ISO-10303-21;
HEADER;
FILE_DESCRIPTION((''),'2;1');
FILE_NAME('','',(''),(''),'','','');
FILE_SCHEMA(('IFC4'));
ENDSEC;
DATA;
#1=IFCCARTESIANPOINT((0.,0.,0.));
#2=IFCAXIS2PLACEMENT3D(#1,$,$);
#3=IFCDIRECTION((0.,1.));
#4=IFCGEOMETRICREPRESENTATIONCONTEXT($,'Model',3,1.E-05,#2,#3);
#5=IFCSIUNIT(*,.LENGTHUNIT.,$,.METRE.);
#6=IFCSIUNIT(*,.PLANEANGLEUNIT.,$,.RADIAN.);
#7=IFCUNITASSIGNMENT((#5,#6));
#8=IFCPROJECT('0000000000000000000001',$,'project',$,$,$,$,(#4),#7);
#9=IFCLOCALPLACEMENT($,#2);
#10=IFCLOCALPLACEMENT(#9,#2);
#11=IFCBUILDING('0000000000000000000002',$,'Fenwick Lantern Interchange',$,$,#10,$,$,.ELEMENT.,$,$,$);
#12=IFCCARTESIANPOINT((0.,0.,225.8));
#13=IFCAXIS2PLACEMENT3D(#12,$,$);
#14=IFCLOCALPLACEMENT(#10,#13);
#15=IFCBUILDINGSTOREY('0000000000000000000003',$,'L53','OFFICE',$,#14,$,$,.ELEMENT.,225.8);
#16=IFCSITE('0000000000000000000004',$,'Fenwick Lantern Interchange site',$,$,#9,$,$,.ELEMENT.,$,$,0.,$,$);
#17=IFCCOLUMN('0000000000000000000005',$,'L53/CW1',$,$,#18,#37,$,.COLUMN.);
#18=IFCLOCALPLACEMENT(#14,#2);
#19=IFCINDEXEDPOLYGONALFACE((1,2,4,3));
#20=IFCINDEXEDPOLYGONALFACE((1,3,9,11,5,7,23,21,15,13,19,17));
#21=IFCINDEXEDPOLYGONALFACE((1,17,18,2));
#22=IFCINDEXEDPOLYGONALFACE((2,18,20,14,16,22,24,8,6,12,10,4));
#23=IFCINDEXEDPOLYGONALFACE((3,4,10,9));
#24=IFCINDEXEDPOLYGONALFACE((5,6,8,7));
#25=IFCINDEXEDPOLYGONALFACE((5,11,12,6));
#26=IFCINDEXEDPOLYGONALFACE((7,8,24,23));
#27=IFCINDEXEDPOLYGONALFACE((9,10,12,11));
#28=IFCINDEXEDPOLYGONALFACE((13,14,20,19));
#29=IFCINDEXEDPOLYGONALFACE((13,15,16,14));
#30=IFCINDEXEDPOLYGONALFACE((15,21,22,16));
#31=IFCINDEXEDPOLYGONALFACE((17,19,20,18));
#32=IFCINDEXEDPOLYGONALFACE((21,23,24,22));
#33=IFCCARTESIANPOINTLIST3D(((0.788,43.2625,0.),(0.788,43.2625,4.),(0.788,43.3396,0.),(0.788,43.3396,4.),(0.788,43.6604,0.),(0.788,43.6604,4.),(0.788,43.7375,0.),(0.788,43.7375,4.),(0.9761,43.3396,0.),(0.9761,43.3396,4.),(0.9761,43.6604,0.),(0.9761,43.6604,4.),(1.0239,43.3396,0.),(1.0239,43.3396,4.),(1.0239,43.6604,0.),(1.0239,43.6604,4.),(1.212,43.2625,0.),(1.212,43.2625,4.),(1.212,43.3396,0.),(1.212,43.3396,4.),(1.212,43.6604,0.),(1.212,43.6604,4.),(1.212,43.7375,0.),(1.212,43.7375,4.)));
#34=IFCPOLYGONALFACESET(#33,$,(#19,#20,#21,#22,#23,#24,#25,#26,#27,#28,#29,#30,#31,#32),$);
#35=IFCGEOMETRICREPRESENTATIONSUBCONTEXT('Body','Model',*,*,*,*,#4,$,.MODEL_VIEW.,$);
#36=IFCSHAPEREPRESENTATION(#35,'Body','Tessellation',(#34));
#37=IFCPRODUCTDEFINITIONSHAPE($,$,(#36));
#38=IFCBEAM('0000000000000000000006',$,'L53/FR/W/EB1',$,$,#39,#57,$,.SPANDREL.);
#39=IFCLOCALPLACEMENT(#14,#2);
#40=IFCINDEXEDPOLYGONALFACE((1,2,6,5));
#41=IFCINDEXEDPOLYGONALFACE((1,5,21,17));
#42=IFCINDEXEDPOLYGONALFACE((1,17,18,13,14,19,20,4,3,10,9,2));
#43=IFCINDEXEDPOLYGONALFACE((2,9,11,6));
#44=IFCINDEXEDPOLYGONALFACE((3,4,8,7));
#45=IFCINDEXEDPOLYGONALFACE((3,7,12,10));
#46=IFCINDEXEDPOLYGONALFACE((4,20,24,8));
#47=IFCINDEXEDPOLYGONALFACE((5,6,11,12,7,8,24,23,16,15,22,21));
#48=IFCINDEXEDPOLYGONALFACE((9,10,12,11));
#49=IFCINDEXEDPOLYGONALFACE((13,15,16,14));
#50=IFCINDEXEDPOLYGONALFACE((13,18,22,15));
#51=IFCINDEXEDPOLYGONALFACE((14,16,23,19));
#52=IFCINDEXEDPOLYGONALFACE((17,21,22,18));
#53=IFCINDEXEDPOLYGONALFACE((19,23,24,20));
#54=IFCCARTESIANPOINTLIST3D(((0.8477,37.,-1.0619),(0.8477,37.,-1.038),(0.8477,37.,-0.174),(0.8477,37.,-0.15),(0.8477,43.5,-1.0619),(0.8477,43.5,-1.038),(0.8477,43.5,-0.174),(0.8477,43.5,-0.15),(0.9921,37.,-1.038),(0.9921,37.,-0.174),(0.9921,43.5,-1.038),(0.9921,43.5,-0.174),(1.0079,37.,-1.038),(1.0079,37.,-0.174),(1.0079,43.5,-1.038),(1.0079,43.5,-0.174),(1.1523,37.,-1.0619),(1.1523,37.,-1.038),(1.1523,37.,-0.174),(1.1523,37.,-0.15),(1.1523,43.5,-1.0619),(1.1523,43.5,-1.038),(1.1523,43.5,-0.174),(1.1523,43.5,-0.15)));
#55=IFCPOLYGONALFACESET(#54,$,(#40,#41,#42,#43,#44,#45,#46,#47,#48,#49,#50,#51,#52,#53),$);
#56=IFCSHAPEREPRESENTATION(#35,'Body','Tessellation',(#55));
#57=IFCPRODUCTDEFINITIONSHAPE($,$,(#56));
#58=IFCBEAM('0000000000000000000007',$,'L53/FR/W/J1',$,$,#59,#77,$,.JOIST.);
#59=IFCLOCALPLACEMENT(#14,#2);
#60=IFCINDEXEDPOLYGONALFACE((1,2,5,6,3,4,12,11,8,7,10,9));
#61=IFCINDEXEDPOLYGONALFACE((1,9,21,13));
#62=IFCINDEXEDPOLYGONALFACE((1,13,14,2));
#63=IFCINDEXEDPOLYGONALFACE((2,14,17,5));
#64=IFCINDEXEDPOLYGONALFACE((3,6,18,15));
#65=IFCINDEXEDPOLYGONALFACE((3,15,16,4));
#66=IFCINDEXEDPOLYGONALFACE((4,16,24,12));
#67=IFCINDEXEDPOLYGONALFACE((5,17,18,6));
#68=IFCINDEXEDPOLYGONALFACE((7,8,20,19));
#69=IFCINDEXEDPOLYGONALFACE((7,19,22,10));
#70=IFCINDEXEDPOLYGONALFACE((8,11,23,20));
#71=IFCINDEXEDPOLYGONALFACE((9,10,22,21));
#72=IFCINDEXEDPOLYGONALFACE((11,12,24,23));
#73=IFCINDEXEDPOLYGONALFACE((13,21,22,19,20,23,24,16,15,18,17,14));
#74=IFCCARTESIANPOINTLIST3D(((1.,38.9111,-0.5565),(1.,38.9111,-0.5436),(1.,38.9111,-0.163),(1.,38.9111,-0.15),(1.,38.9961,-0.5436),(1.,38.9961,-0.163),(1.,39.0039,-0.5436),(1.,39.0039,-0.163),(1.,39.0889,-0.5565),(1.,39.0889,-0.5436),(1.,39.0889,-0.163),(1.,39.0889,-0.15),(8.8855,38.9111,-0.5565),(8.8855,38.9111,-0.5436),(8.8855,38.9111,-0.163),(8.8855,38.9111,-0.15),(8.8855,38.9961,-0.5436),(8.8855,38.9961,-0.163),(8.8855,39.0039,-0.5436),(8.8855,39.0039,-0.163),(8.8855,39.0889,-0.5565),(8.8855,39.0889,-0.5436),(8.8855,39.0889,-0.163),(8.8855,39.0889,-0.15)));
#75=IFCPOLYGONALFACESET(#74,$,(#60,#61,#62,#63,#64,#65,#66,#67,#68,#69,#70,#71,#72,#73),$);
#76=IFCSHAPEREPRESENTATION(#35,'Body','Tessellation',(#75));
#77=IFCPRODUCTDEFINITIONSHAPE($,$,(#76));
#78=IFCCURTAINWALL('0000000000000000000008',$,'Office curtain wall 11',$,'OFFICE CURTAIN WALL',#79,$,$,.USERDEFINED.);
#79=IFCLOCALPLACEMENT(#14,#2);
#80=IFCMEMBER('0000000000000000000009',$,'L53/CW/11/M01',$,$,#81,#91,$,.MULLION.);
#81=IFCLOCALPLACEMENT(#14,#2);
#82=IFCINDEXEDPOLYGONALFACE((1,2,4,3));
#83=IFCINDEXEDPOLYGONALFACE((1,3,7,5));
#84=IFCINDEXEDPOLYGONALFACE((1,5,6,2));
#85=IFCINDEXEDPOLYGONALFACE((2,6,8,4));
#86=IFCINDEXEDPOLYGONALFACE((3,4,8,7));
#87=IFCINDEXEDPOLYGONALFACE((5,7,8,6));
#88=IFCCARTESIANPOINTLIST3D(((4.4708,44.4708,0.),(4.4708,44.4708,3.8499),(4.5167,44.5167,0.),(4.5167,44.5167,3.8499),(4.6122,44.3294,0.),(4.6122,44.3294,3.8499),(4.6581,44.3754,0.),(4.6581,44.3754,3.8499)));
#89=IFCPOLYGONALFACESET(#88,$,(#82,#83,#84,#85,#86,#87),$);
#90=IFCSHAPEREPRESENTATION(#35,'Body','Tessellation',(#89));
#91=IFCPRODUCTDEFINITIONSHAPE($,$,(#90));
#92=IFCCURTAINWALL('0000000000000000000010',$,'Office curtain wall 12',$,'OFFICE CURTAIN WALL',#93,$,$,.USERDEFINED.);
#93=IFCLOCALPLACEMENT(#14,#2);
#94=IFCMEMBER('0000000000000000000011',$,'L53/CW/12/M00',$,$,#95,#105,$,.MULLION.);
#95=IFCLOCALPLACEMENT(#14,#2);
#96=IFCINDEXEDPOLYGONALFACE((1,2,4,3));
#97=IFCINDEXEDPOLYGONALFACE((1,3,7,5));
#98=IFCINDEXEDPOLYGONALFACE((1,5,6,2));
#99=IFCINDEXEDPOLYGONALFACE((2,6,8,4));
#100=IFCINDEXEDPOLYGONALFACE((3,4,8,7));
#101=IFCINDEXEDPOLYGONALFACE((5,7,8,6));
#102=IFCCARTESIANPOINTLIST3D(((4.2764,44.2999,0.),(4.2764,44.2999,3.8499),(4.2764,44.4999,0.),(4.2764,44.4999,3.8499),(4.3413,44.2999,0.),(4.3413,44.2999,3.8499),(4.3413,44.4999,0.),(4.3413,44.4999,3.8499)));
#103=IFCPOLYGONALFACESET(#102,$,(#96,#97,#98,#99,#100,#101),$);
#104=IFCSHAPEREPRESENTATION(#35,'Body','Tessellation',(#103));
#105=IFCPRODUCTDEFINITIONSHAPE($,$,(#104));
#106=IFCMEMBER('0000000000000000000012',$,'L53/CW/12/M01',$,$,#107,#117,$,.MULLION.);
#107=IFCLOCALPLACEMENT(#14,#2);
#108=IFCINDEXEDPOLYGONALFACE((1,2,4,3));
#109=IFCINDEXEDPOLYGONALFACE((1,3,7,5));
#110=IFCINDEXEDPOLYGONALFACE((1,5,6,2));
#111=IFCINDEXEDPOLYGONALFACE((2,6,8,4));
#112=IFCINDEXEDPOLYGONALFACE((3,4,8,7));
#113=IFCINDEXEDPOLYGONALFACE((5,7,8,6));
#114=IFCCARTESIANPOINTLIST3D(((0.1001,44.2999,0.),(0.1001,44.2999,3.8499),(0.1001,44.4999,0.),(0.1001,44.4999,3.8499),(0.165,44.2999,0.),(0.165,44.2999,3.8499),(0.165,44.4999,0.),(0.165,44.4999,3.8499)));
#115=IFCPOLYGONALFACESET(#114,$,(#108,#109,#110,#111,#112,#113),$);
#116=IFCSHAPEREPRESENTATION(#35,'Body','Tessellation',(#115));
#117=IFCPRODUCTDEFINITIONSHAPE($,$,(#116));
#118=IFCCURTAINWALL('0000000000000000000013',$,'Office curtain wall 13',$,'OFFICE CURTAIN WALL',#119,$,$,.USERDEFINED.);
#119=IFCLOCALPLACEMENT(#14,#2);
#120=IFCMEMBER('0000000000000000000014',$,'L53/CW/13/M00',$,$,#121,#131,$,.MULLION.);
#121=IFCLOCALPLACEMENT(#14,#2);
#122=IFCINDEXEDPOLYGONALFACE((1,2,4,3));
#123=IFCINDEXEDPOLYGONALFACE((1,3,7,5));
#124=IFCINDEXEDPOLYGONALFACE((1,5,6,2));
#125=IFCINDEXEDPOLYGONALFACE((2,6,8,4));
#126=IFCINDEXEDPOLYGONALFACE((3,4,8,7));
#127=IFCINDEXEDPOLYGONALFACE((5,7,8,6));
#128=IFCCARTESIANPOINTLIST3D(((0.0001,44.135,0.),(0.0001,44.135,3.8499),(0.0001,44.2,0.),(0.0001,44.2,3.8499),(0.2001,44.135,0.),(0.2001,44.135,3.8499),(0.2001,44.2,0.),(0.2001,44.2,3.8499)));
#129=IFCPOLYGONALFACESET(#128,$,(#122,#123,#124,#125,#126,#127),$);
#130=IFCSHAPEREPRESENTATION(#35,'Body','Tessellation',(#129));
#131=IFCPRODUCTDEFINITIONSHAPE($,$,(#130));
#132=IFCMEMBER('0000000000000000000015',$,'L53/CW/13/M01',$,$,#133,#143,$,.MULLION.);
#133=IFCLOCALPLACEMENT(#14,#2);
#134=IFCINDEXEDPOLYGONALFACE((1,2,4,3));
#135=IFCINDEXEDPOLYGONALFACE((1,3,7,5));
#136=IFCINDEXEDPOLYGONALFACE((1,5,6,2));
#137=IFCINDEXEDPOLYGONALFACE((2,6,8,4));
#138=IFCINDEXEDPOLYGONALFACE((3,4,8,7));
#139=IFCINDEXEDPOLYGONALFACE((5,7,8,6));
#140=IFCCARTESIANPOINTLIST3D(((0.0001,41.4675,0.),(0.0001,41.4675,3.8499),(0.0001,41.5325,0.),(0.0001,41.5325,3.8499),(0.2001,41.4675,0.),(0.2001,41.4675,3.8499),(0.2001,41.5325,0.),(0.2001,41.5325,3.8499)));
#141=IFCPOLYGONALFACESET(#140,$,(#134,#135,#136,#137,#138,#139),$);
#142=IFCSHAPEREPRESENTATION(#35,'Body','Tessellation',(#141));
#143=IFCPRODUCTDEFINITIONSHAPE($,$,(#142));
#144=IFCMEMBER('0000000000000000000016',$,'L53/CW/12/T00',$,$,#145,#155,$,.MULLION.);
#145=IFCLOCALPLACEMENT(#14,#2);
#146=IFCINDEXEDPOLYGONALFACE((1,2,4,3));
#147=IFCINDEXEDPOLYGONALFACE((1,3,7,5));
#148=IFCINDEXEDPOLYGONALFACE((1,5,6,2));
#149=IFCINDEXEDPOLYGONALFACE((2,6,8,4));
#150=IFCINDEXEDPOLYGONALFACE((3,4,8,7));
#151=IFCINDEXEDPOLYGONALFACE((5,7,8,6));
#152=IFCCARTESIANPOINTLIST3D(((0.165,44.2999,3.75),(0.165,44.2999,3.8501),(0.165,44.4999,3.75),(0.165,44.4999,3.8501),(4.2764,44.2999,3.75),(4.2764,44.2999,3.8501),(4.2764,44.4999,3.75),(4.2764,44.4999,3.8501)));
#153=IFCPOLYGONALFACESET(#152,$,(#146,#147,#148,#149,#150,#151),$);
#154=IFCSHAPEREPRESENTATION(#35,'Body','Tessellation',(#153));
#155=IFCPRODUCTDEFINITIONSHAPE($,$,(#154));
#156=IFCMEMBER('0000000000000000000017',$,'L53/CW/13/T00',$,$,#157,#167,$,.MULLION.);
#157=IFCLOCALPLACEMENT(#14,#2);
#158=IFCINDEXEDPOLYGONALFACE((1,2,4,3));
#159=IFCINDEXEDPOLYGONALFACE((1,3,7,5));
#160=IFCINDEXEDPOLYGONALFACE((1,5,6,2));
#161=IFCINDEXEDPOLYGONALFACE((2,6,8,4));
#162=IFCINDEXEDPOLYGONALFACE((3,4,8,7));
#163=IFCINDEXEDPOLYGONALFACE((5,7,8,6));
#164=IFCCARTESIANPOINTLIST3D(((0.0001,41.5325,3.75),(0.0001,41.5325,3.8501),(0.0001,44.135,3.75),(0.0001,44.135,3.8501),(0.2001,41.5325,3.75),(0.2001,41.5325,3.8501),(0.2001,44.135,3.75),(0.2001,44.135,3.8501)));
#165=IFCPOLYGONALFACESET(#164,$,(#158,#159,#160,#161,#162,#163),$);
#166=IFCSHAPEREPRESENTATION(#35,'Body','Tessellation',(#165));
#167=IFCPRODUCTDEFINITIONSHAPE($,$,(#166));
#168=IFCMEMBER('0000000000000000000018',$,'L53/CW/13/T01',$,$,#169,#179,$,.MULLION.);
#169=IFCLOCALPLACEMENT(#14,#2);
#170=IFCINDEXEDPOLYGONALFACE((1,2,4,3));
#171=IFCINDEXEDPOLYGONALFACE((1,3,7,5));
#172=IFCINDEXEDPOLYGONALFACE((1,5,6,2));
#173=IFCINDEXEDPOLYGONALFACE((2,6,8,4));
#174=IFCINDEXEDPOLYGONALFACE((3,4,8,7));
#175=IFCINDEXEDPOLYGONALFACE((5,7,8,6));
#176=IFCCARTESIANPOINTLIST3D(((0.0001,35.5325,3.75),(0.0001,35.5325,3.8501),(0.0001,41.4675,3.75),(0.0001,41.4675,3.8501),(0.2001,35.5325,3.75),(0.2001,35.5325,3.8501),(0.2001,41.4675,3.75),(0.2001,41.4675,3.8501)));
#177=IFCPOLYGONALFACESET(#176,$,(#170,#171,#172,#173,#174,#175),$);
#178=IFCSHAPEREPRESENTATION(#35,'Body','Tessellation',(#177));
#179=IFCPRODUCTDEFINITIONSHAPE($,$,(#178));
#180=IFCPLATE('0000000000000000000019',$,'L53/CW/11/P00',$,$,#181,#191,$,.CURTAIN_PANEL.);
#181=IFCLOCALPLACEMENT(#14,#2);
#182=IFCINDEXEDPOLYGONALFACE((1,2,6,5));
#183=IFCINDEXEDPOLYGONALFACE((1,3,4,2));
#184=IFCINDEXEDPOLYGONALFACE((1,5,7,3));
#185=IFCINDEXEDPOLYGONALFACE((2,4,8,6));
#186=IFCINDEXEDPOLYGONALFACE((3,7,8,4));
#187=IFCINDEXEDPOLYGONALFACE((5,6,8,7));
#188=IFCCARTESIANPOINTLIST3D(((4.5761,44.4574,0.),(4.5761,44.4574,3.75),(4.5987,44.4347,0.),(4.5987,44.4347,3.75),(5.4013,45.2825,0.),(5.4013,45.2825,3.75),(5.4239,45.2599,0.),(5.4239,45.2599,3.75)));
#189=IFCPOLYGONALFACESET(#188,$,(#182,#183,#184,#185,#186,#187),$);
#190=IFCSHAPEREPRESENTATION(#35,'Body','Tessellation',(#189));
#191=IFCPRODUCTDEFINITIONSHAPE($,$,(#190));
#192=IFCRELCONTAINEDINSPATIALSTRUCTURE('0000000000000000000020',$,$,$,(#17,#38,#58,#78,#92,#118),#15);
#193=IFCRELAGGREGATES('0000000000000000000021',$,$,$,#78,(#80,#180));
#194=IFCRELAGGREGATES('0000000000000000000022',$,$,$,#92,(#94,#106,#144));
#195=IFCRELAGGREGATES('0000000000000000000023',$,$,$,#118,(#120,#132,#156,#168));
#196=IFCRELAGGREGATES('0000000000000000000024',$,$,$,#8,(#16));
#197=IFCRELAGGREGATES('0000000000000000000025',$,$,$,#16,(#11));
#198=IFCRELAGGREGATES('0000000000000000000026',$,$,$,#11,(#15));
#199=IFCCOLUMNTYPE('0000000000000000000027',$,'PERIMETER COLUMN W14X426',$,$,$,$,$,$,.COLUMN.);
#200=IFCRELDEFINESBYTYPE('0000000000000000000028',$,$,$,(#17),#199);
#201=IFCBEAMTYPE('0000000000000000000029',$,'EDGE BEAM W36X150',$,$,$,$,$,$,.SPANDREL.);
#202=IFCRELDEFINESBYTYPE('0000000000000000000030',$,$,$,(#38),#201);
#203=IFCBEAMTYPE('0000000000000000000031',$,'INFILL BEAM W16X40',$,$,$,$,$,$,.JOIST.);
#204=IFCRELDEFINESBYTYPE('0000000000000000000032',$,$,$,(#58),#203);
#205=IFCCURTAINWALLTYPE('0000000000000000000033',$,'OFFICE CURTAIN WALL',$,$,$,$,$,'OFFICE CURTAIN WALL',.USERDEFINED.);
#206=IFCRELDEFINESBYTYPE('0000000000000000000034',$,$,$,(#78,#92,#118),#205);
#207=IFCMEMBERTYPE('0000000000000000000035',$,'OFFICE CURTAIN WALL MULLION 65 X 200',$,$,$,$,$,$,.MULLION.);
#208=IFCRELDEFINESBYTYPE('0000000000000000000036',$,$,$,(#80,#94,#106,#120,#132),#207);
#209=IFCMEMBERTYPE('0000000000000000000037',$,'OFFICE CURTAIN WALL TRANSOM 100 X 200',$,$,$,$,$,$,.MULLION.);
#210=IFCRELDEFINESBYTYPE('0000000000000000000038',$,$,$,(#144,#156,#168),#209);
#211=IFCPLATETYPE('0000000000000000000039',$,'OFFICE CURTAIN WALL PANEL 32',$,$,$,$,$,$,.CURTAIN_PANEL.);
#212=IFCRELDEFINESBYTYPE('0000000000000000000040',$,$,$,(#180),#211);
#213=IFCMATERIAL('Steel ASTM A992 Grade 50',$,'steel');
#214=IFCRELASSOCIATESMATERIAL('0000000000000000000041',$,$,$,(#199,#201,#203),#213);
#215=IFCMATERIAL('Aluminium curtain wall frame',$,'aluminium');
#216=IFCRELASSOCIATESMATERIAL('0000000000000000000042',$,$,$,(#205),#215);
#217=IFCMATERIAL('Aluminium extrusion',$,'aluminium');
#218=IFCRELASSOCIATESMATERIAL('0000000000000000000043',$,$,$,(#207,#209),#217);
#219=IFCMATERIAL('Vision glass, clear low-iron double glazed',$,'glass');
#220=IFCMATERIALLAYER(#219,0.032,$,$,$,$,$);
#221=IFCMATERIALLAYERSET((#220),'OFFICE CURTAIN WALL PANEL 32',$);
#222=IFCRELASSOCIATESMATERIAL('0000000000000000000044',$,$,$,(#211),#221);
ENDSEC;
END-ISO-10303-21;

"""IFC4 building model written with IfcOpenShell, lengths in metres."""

from ifc_helpers import new_model, si_unit, direction, frame, origin, origin_2d, place, context, subcontext, project, spatial, rectangle, i_section, extrude, material, layer, layer_set, material_profile, profile_set, type_object, element, aggregate, save


model = new_model("IFC4")

# Units and contexts
model_context = context("Model", 3, precision=1e-05, world=origin(), true_north=direction((0.0, 1.0)))
body_context = subcontext(model_context, "Body", "Model", "MODEL_VIEW")
ifc_project = project(units=[si_unit("LENGTHUNIT", "METRE"), si_unit("PLANEANGLEUNIT", "RADIAN")], contexts=[model_context])

# Site, building, storey
site_placement = place(None, origin())
site = spatial("IfcSite", under=ifc_project, at=site_placement, Name="Fenwick Lantern Interchange site", CompositionType="ELEMENT", RefElevation=0.0)
building_placement = place(site_placement, origin())
building = spatial("IfcBuilding", under=site, at=building_placement, Name="Fenwick Lantern Interchange", CompositionType="ELEMENT")
storey_placement = place(building_placement, frame((0.0, 0.0, 225.8)))
storey = spatial("IfcBuildingStorey", under=building, at=storey_placement, Name="L53", Description="OFFICE", CompositionType="ELEMENT", Elevation=225.8)

# Column
ifc_material_1 = material(Name="Steel ASTM A992 Grade 50", Category="steel")
ifc_material_profile_1 = material_profile(ifc_material_1, i_section(OverallWidth=0.4241, OverallDepth=0.4751, WebThickness=0.0479, FlangeThickness=0.0771, at=origin_2d()), Name="W14X426")
ifc_profile_set_1 = profile_set([ifc_material_profile_1], Name="Steel ASTM A992 Grade 50")
column_type = type_object("IfcColumnType", Name="PERIMETER COLUMN W14X426", PredefinedType="COLUMN", material=ifc_profile_set_1)
column_placement = place(storey_placement, frame((1.0, 43.5, 0.0), z_axis=(0.0, 0.0, 1.0), x_axis=(1.0, 0.0, 0.0)))
element("IfcColumn", 1, at=column_placement, inside=storey, type_object=column_type, Name="L53/CW1", PredefinedType="COLUMN", context=body_context, shape_type="SweptSolid", body=[
    extrude(i_section(OverallWidth=0.4241, OverallDepth=0.4751, WebThickness=0.0479, FlangeThickness=0.0771, at=origin_2d()), origin(), (0.0, 0.0, 1.0), 4.0),
])

# Beams
ifc_material_profile_2 = material_profile(ifc_material_1, i_section(OverallWidth=0.3047, OverallDepth=0.9119, WebThickness=0.0159, FlangeThickness=0.0239, at=origin_2d()), Name="W36X150")
ifc_profile_set_2 = profile_set([ifc_material_profile_2], Name="Steel ASTM A992 Grade 50")
beam_type_1 = type_object("IfcBeamType", Name="EDGE BEAM W36X150", PredefinedType="SPANDREL", material=ifc_profile_set_2)
beam_1_placement = place(storey_placement, frame((1.0, 43.5, -0.606), z_axis=(0.0, -1.0, 0.0), x_axis=(1.0, 0.0, 0.0)))
element("IfcBeam", 2, at=beam_1_placement, inside=storey, type_object=beam_type_1, Name="L53/FR/W/EB1", PredefinedType="SPANDREL", context=body_context, shape_type="SweptSolid", body=[
    extrude(i_section(OverallWidth=0.3047, OverallDepth=0.9119, WebThickness=0.0159, FlangeThickness=0.0239, at=origin_2d()), origin(), (0.0, 0.0, 1.0), 6.5),
])
ifc_material_profile_3 = material_profile(ifc_material_1, i_section(OverallWidth=0.1777, OverallDepth=0.4065, WebThickness=0.0078, FlangeThickness=0.0129, at=origin_2d()), Name="W16X40")
ifc_profile_set_3 = profile_set([ifc_material_profile_3], Name="Steel ASTM A992 Grade 50")
beam_type_2 = type_object("IfcBeamType", Name="INFILL BEAM W16X40", PredefinedType="JOIST", material=ifc_profile_set_3)
beam_2_placement = place(storey_placement, frame((1.0, 39.0, -0.3533), z_axis=(1.0, 0.0, 0.0), x_axis=(0.0, 1.0, 0.0)))
element("IfcBeam", 3, at=beam_2_placement, inside=storey, type_object=beam_type_2, Name="L53/FR/W/J1", PredefinedType="JOIST", context=body_context, shape_type="SweptSolid", body=[
    extrude(i_section(OverallWidth=0.1777, OverallDepth=0.4065, WebThickness=0.0078, FlangeThickness=0.0129, at=origin_2d()), origin(), (0.0, 0.0, 1.0), 7.8855),
])

# Curtain wall, member
ifc_material_2 = material(Name="Aluminium curtain wall frame", Category="aluminium")
curtain_wall_type = type_object("IfcCurtainWallType", Name="OFFICE CURTAIN WALL", ElementType="OFFICE CURTAIN WALL", PredefinedType="USERDEFINED", material=ifc_material_2)
curtain_wall_1_placement = place(storey_placement, origin())
curtain_wall_1 = element("IfcCurtainWall", 4, at=curtain_wall_1_placement, inside=storey, type_object=curtain_wall_type, Name="Office curtain wall 11", ObjectType="OFFICE CURTAIN WALL", PredefinedType="USERDEFINED")
ifc_material_3 = material(Name="Aluminium extrusion", Category="aluminium")
ifc_material_profile_4 = material_profile(ifc_material_3, rectangle(XDim=0.2, YDim=0.0649, at=origin_2d()), Name="OFFICE CURTAIN WALL MULLION 65 X 200")
ifc_profile_set_4 = profile_set([ifc_material_profile_4], Name="Aluminium extrusion")
member_type_1 = type_object("IfcMemberType", Name="OFFICE CURTAIN WALL MULLION 65 X 200", PredefinedType="MULLION", material=ifc_profile_set_4)
member_1_placement = place(storey_placement, frame((4.5645, 44.4231, 0.0), z_axis=(0.0, 0.0, 1.0), x_axis=(0.707107, -0.707107, 0.0)))
member_1 = element("IfcMember", 5, at=member_1_placement, type_object=member_type_1, Name="L53/CW/11/M01", PredefinedType="MULLION", context=body_context, shape_type="SweptSolid", body=[
    extrude(rectangle(XDim=0.2, YDim=0.0649, at=origin_2d()), origin(), (0.0, 0.0, 1.0), 3.8499),
])

# Curtain walls, members
curtain_wall_2_placement = place(storey_placement, origin())
curtain_wall_2 = element("IfcCurtainWall", 6, at=curtain_wall_2_placement, inside=storey, type_object=curtain_wall_type, Name="Office curtain wall 12", ObjectType="OFFICE CURTAIN WALL", PredefinedType="USERDEFINED")
member_2_placement = place(storey_placement, frame((4.3088, 44.3999, 0.0), z_axis=(0.0, 0.0, 1.0), x_axis=(0.0, -1.0, 0.0)))
member_2 = element("IfcMember", 7, at=member_2_placement, type_object=member_type_1, Name="L53/CW/12/M00", PredefinedType="MULLION", context=body_context, shape_type="SweptSolid", body=[
    extrude(rectangle(XDim=0.2, YDim=0.0649, at=origin_2d()), origin(), (0.0, 0.0, 1.0), 3.8499),
])
member_3_placement = place(storey_placement, frame((0.1326, 44.3999, 0.0), z_axis=(0.0, 0.0, 1.0), x_axis=(0.0, -1.0, 0.0)))
member_3 = element("IfcMember", 8, at=member_3_placement, type_object=member_type_1, Name="L53/CW/12/M01", PredefinedType="MULLION", context=body_context, shape_type="SweptSolid", body=[
    extrude(rectangle(XDim=0.2, YDim=0.0649, at=origin_2d()), origin(), (0.0, 0.0, 1.0), 3.8499),
])
curtain_wall_3_placement = place(storey_placement, origin())
curtain_wall_3 = element("IfcCurtainWall", 9, at=curtain_wall_3_placement, inside=storey, type_object=curtain_wall_type, Name="Office curtain wall 13", ObjectType="OFFICE CURTAIN WALL", PredefinedType="USERDEFINED")
member_4_placement = place(storey_placement, frame((0.1001, 44.1675, 0.0), z_axis=(0.0, 0.0, 1.0), x_axis=(1.0, 0.0, 0.0)))
member_4 = element("IfcMember", 10, at=member_4_placement, type_object=member_type_1, Name="L53/CW/13/M00", PredefinedType="MULLION", context=body_context, shape_type="SweptSolid", body=[
    extrude(rectangle(XDim=0.2, YDim=0.0649, at=origin_2d()), origin(), (0.0, 0.0, 1.0), 3.8499),
])
member_5_placement = place(storey_placement, frame((0.1001, 41.5, 0.0), z_axis=(0.0, 0.0, 1.0), x_axis=(1.0, 0.0, 0.0)))
member_5 = element("IfcMember", 11, at=member_5_placement, type_object=member_type_1, Name="L53/CW/13/M01", PredefinedType="MULLION", context=body_context, shape_type="SweptSolid", body=[
    extrude(rectangle(XDim=0.2, YDim=0.0649, at=origin_2d()), origin(), (0.0, 0.0, 1.0), 3.8499),
])

# Members
ifc_material_profile_5 = material_profile(ifc_material_3, rectangle(XDim=0.2, YDim=0.1001, at=origin_2d()), Name="OFFICE CURTAIN WALL TRANSOM 100 X 200")
ifc_profile_set_5 = profile_set([ifc_material_profile_5], Name="Aluminium extrusion")
member_type_2 = type_object("IfcMemberType", Name="OFFICE CURTAIN WALL TRANSOM 100 X 200", PredefinedType="MULLION", material=ifc_profile_set_5)
member_6_placement = place(storey_placement, frame((4.2764, 44.3999, 3.8), z_axis=(-1.0, 0.0, 0.0), x_axis=(0.0, -1.0, 0.0)))
member_6 = element("IfcMember", 12, at=member_6_placement, type_object=member_type_2, Name="L53/CW/12/T00", PredefinedType="MULLION", context=body_context, shape_type="SweptSolid", body=[
    extrude(rectangle(XDim=0.2, YDim=0.1001, at=origin_2d()), origin(), (0.0, 0.0, 1.0), 4.1113),
])
member_7_placement = place(storey_placement, frame((0.1001, 44.135, 3.8), z_axis=(0.0, -1.0, 0.0), x_axis=(1.0, 0.0, 0.0)))
member_7 = element("IfcMember", 13, at=member_7_placement, type_object=member_type_2, Name="L53/CW/13/T00", PredefinedType="MULLION", context=body_context, shape_type="SweptSolid", body=[
    extrude(rectangle(XDim=0.2, YDim=0.1001, at=origin_2d()), origin(), (0.0, 0.0, 1.0), 2.6025),
])
member_8_placement = place(storey_placement, frame((0.1001, 41.4675, 3.8), z_axis=(0.0, -1.0, 0.0), x_axis=(1.0, 0.0, 0.0)))
member_8 = element("IfcMember", 14, at=member_8_placement, type_object=member_type_2, Name="L53/CW/13/T01", PredefinedType="MULLION", context=body_context, shape_type="SweptSolid", body=[
    extrude(rectangle(XDim=0.2, YDim=0.1001, at=origin_2d()), origin(), (0.0, 0.0, 1.0), 5.9351),
])

# Plate
ifc_material_4 = material(Name="Vision glass, clear low-iron double glazed", Category="glass")
ifc_layer_1 = layer(ifc_material_4, 0.032)
ifc_layer_set_1 = layer_set([ifc_layer_1], Name="OFFICE CURTAIN WALL PANEL 32")
plate_type = type_object("IfcPlateType", Name="OFFICE CURTAIN WALL PANEL 32", PredefinedType="CURTAIN_PANEL", material=ifc_layer_set_1)
plate_1_placement = place(storey_placement, frame((5.0, 44.8586, 0.0), z_axis=(0.0, 0.0, 1.0), x_axis=(-0.707107, -0.707107, 0.0)))
plate_1 = element("IfcPlate", 15, at=plate_1_placement, type_object=plate_type, Name="L53/CW/11/P00", PredefinedType="CURTAIN_PANEL", context=body_context, shape_type="SweptSolid", body=[
    extrude(rectangle(XDim=1.167, YDim=0.032, at=origin_2d()), origin(), (0.0, 0.0, 1.0), 3.75),
])
aggregate(curtain_wall_1, [member_1, plate_1])
aggregate(curtain_wall_2, [member_2, member_3, member_6])
aggregate(curtain_wall_3, [member_4, member_5, member_7, member_8])

save(model, "model.ifc")
